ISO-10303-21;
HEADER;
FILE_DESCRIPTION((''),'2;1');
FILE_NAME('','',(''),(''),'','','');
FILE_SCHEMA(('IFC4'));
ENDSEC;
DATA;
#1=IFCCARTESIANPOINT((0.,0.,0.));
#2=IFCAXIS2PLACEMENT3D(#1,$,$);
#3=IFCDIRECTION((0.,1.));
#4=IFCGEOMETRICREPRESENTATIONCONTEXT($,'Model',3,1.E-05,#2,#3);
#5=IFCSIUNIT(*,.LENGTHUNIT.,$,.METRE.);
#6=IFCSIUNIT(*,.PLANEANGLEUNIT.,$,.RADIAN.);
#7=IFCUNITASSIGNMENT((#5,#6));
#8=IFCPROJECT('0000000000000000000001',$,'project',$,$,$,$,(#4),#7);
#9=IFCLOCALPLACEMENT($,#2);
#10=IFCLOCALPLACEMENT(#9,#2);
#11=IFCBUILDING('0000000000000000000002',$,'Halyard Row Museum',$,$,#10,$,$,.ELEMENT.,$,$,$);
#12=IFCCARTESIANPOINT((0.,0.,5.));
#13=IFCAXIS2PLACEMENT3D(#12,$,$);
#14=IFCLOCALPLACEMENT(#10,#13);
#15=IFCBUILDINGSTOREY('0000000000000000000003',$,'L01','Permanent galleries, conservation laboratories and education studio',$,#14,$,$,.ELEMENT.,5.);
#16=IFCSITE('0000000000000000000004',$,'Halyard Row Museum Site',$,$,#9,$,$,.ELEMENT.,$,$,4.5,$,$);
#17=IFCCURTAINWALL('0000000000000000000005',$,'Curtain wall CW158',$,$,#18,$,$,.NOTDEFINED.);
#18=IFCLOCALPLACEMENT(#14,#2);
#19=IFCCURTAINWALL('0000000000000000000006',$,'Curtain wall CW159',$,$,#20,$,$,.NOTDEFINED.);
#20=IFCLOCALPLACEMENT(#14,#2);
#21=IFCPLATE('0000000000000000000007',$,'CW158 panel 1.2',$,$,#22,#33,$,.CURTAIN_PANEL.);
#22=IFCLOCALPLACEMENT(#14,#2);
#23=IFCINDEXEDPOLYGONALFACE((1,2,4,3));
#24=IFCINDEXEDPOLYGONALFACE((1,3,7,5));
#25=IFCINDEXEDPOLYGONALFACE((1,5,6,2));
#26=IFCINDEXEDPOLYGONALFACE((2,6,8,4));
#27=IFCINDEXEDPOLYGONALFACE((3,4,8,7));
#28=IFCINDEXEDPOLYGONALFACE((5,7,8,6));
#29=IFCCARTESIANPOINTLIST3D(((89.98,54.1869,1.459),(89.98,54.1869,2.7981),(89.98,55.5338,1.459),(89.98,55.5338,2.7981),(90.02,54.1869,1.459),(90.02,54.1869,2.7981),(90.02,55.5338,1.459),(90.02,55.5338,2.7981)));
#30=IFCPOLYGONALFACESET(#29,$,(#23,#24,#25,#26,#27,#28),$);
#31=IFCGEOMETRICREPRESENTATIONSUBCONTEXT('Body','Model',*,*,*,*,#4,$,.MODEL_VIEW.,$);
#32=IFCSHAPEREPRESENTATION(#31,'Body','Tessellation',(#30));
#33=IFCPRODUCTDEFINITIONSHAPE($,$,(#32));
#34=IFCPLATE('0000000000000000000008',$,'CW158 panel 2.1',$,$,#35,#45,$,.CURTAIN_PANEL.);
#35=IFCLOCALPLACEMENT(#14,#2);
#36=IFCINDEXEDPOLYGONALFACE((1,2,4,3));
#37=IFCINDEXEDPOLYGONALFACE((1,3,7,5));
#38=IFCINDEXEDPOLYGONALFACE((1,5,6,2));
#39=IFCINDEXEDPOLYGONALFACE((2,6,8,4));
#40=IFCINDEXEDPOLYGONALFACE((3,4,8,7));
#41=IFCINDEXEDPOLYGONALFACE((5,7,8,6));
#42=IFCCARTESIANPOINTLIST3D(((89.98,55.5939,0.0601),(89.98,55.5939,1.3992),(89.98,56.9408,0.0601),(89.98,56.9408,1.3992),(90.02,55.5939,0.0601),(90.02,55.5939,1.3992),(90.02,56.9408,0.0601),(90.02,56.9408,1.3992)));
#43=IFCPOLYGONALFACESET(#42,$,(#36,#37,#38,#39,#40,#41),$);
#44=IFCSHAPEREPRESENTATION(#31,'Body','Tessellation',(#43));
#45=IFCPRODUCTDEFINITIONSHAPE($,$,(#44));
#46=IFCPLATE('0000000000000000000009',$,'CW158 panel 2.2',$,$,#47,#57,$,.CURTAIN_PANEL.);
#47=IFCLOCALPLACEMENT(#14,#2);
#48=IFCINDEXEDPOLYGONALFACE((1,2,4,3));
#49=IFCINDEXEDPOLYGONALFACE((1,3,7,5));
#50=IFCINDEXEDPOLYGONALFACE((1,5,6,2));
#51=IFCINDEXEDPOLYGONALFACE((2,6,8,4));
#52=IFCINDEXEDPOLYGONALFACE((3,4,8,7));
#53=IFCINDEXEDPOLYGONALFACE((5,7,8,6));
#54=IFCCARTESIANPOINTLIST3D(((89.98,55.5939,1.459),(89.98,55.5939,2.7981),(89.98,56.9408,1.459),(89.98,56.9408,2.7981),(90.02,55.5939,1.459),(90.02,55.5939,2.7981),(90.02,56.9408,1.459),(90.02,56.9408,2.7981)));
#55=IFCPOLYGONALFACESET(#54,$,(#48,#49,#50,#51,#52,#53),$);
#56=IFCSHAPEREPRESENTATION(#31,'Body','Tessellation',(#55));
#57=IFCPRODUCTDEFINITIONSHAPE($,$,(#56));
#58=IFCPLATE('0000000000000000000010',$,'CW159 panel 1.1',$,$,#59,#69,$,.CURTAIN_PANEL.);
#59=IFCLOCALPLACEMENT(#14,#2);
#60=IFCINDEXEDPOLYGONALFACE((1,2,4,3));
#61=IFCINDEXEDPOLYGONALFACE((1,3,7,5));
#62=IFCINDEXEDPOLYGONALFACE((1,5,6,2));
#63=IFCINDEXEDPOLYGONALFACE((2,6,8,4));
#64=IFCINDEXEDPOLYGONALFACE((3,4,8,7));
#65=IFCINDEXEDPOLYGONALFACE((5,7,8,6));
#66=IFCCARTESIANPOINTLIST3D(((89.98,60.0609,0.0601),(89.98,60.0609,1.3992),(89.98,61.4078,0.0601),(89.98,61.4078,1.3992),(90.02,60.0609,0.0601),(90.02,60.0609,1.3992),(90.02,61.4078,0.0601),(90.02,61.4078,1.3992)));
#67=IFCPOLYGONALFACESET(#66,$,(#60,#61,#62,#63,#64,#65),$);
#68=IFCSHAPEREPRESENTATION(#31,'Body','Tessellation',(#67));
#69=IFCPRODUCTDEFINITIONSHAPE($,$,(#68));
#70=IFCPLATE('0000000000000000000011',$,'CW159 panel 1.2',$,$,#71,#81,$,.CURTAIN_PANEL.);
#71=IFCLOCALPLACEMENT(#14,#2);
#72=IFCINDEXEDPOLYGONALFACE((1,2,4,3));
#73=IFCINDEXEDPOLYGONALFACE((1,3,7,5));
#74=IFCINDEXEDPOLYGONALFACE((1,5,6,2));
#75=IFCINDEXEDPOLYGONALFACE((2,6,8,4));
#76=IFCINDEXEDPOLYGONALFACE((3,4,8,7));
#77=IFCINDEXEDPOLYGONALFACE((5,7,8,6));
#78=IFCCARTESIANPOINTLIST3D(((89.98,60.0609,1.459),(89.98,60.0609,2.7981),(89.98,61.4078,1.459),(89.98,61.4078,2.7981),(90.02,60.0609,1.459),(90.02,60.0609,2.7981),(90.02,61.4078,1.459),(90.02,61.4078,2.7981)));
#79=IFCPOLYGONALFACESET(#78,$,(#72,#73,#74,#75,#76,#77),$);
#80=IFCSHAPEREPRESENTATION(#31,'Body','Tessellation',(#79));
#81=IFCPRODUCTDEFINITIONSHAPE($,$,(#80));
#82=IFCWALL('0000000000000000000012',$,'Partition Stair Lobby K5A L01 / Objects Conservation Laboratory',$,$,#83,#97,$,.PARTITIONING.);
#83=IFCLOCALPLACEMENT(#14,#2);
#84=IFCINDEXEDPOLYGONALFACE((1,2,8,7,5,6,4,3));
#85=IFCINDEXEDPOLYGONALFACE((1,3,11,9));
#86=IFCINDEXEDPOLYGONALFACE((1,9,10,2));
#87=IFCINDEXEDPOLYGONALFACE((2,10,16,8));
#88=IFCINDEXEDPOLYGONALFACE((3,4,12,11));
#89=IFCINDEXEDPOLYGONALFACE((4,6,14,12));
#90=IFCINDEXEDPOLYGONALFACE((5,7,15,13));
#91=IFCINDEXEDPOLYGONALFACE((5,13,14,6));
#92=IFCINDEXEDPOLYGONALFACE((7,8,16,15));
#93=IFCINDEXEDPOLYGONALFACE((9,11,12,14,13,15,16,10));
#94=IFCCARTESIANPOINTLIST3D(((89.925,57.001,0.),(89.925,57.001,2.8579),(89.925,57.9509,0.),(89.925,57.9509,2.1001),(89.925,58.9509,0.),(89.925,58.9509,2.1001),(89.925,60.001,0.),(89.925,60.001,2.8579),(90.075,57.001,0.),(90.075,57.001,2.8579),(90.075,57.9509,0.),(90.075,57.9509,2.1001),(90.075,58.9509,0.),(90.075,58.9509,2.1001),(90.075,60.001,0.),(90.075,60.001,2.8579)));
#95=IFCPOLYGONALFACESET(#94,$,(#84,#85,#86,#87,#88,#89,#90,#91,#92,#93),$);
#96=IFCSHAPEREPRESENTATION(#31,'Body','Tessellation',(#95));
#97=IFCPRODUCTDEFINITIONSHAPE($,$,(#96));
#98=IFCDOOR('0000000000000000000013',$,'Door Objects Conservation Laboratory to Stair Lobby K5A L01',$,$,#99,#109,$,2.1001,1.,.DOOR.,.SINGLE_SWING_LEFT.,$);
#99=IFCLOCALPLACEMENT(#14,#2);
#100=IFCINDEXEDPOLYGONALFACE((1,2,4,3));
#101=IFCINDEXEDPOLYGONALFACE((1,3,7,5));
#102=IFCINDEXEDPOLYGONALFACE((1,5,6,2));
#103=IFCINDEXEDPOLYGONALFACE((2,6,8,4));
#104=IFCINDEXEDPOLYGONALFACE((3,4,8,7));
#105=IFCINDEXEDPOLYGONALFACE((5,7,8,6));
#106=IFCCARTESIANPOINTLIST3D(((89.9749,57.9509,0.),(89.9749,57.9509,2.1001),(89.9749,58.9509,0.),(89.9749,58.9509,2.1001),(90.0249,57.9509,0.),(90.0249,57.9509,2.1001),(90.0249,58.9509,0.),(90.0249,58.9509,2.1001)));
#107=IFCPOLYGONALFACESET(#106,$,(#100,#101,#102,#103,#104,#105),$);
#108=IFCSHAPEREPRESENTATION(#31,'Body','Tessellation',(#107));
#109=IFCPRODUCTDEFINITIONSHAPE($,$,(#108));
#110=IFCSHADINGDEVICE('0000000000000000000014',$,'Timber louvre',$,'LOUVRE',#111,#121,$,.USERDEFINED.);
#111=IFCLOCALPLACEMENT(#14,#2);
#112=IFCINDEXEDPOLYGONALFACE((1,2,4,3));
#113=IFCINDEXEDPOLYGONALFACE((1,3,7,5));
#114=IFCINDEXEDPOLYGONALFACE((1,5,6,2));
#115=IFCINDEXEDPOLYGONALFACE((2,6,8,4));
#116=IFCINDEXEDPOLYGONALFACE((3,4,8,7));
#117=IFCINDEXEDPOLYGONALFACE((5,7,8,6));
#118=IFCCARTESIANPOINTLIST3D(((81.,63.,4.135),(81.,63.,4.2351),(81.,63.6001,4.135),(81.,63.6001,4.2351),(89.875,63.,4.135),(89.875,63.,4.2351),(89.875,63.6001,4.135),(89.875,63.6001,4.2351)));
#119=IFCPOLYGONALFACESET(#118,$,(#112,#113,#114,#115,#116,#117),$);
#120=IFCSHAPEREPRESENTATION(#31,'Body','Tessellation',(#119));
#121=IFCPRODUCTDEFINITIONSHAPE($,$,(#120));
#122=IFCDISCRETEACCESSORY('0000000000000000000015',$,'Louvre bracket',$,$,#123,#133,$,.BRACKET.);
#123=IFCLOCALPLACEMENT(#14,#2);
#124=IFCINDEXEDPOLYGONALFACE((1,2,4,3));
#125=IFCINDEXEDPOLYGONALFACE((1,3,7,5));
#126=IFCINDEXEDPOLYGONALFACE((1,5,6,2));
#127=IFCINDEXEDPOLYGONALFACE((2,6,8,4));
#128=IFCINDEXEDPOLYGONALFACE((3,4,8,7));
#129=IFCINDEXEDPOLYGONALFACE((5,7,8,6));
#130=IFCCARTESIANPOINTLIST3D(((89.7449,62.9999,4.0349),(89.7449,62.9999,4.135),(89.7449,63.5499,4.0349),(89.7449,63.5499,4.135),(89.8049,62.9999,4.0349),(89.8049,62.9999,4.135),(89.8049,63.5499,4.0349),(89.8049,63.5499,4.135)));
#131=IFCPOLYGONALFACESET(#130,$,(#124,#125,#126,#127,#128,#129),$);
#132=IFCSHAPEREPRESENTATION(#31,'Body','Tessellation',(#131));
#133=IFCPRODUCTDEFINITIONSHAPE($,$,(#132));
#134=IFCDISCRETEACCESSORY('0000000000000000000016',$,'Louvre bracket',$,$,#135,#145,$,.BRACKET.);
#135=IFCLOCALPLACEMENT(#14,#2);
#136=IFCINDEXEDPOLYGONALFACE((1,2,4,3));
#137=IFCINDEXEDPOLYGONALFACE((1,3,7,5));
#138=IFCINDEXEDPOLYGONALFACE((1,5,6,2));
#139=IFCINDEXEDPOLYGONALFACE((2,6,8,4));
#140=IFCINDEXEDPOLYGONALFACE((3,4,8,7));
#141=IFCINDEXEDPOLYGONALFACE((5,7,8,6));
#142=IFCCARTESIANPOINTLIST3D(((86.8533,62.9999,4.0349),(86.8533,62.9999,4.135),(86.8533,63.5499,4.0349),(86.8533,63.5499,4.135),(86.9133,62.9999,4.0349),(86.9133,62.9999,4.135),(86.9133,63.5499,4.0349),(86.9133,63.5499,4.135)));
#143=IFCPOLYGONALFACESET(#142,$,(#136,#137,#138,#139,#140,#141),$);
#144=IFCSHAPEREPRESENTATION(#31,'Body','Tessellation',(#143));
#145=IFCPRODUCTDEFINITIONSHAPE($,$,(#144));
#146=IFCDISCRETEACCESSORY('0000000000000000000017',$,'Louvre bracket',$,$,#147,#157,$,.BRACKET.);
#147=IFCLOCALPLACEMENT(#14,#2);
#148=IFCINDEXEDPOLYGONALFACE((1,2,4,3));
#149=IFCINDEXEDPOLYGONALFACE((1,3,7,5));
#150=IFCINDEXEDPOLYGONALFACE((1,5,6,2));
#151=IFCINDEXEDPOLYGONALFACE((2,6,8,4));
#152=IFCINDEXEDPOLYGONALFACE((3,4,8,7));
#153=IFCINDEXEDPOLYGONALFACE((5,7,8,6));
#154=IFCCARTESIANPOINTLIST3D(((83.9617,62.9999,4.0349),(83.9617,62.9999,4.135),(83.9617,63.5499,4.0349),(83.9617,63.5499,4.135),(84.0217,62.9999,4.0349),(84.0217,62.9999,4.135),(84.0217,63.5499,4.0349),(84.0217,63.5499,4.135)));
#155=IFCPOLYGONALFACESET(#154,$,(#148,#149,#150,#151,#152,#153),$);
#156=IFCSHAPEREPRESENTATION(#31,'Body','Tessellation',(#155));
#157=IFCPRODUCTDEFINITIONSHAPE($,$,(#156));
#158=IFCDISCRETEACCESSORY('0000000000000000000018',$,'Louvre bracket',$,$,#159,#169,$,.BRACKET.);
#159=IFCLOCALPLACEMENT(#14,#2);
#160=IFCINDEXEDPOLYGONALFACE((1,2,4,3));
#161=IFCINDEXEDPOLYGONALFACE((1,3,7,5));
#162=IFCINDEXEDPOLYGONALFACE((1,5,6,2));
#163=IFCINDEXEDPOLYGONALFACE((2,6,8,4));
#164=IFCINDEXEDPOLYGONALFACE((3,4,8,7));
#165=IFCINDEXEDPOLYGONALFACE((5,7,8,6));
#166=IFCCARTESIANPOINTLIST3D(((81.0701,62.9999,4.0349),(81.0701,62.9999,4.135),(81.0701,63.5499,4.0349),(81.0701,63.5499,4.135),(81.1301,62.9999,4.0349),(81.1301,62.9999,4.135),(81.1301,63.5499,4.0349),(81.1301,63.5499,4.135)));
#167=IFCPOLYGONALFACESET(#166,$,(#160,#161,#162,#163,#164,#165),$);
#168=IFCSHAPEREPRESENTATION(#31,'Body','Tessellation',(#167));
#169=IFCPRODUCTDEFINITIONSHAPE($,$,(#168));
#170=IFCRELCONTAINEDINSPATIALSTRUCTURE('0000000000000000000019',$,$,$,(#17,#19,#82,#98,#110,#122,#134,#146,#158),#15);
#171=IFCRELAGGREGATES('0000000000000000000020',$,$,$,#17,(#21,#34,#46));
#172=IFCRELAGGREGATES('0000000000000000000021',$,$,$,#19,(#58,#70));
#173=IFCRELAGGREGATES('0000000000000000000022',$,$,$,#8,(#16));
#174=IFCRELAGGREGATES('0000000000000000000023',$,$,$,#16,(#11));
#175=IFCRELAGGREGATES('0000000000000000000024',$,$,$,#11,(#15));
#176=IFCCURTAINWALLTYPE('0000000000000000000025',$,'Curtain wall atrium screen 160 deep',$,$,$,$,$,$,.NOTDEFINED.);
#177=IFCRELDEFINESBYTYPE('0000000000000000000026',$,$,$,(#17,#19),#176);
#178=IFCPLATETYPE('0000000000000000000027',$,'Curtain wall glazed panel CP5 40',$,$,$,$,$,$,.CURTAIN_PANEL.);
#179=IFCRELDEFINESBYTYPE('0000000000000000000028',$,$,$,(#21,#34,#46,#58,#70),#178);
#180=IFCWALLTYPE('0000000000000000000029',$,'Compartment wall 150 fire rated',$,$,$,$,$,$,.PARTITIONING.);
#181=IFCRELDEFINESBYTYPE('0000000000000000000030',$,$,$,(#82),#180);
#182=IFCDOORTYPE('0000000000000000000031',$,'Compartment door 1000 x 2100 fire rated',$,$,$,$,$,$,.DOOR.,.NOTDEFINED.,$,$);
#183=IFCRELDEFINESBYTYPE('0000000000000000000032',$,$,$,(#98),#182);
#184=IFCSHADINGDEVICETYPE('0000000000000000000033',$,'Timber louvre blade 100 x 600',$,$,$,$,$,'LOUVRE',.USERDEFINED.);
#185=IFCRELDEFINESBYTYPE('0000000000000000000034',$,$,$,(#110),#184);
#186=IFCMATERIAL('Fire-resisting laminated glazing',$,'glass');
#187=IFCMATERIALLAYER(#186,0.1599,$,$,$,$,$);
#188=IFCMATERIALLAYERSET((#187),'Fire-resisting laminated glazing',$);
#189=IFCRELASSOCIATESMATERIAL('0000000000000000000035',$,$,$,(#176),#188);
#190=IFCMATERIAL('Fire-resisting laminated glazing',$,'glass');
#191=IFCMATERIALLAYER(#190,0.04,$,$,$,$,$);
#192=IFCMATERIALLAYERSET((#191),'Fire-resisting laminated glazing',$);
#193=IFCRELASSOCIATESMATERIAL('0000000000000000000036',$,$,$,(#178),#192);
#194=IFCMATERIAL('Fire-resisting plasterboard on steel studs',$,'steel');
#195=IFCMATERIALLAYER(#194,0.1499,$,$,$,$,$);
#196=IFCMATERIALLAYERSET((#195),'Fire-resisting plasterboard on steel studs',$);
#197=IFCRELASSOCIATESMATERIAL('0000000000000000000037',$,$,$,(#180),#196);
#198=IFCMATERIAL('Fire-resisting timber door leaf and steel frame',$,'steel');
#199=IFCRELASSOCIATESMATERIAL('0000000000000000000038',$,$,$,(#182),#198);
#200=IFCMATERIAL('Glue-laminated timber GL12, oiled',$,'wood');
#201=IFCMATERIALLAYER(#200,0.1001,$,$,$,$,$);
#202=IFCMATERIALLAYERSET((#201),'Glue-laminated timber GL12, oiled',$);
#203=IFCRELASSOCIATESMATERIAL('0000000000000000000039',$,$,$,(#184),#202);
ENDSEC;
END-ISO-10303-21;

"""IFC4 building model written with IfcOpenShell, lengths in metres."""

from ifc_helpers import new_model, si_unit, direction, frame, frame_2d, origin, origin_2d, place, context, subcontext, project, spatial, rectangle, extrude, material, layer, layer_set, type_object, element, fill, aggregate, save


model = new_model("IFC4")

# Units and contexts
model_context = context("Model", 3, precision=1e-05, world=origin(), true_north=direction((0.0, 1.0)))
body_context = subcontext(model_context, "Body", "Model", "MODEL_VIEW")
ifc_project = project(units=[si_unit("LENGTHUNIT", "METRE"), si_unit("PLANEANGLEUNIT", "RADIAN")], contexts=[model_context])

# Site, building, storey
site_placement = place(None, origin())
site = spatial("IfcSite", under=ifc_project, at=site_placement, Name="Halyard Row Museum Site", CompositionType="ELEMENT", RefElevation=4.5)
building_placement = place(site_placement, origin())
building = spatial("IfcBuilding", under=site, at=building_placement, Name="Halyard Row Museum", CompositionType="ELEMENT")
storey_placement = place(building_placement, frame((0.0, 0.0, 5.0)))
storey = spatial("IfcBuildingStorey", under=building, at=storey_placement, Name="L01", Description="Permanent galleries, conservation laboratories and education studio", CompositionType="ELEMENT", Elevation=5.0)

# Curtain walls
ifc_material_1 = material(Name="Fire-resisting laminated glazing", Category="glass")
ifc_layer_1 = layer(ifc_material_1, 0.1599)
ifc_layer_set_1 = layer_set([ifc_layer_1], Name="Fire-resisting laminated glazing")
curtain_wall_type = type_object("IfcCurtainWallType", Name="Curtain wall atrium screen 160 deep", PredefinedType="NOTDEFINED", material=ifc_layer_set_1)
curtain_wall_1_placement = place(storey_placement, origin())
curtain_wall_1 = element("IfcCurtainWall", 1, at=curtain_wall_1_placement, inside=storey, type_object=curtain_wall_type, Name="Curtain wall CW158", PredefinedType="NOTDEFINED")
curtain_wall_2_placement = place(storey_placement, origin())
curtain_wall_2 = element("IfcCurtainWall", 2, at=curtain_wall_2_placement, inside=storey, type_object=curtain_wall_type, Name="Curtain wall CW159", PredefinedType="NOTDEFINED")

# Plates
ifc_material_2 = material(Name="Fire-resisting laminated glazing", Category="glass")
ifc_layer_2 = layer(ifc_material_2, 0.04)
ifc_layer_set_2 = layer_set([ifc_layer_2], Name="Fire-resisting laminated glazing")
plate_type = type_object("IfcPlateType", Name="Curtain wall glazed panel CP5 40", PredefinedType="CURTAIN_PANEL", material=ifc_layer_set_2)
plate_1_placement = place(storey_placement, frame((90.0, 54.8604, 1.459), z_axis=(0.0, 0.0, 1.0), x_axis=(0.0, 1.0, 0.0)))
plate_1 = element("IfcPlate", 3, at=plate_1_placement, type_object=plate_type, Name="CW158 panel 1.2", PredefinedType="CURTAIN_PANEL", context=body_context, shape_type="SweptSolid", body=[
    extrude(rectangle(XDim=1.3469, YDim=0.04, at=origin_2d()), origin(), (0.0, 0.0, 1.0), 1.3391),
])
plate_2_placement = place(storey_placement, frame((90.0, 56.2673, 0.0601), z_axis=(0.0, 0.0, 1.0), x_axis=(0.0, 1.0, 0.0)))
plate_2 = element("IfcPlate", 4, at=plate_2_placement, type_object=plate_type, Name="CW158 panel 2.1", PredefinedType="CURTAIN_PANEL", context=body_context, shape_type="SweptSolid", body=[
    extrude(rectangle(XDim=1.3469, YDim=0.04, at=origin_2d()), origin(), (0.0, 0.0, 1.0), 1.3391),
])
plate_3_placement = place(storey_placement, frame((90.0, 56.2673, 1.459), z_axis=(0.0, 0.0, 1.0), x_axis=(0.0, 1.0, 0.0)))
plate_3 = element("IfcPlate", 5, at=plate_3_placement, type_object=plate_type, Name="CW158 panel 2.2", PredefinedType="CURTAIN_PANEL", context=body_context, shape_type="SweptSolid", body=[
    extrude(rectangle(XDim=1.3469, YDim=0.04, at=origin_2d()), origin(), (0.0, 0.0, 1.0), 1.3391),
])
aggregate(curtain_wall_1, [plate_1, plate_2, plate_3])
plate_4_placement = place(storey_placement, frame((90.0, 60.7344, 0.0601), z_axis=(0.0, 0.0, 1.0), x_axis=(0.0, 1.0, 0.0)))
plate_4 = element("IfcPlate", 6, at=plate_4_placement, type_object=plate_type, Name="CW159 panel 1.1", PredefinedType="CURTAIN_PANEL", context=body_context, shape_type="SweptSolid", body=[
    extrude(rectangle(XDim=1.3469, YDim=0.04, at=origin_2d()), origin(), (0.0, 0.0, 1.0), 1.3391),
])
plate_5_placement = place(storey_placement, frame((90.0, 60.7344, 1.459), z_axis=(0.0, 0.0, 1.0), x_axis=(0.0, 1.0, 0.0)))
plate_5 = element("IfcPlate", 7, at=plate_5_placement, type_object=plate_type, Name="CW159 panel 1.2", PredefinedType="CURTAIN_PANEL", context=body_context, shape_type="SweptSolid", body=[
    extrude(rectangle(XDim=1.3469, YDim=0.04, at=origin_2d()), origin(), (0.0, 0.0, 1.0), 1.3391),
])
aggregate(curtain_wall_2, [plate_4, plate_5])

# Wall, opening, door
ifc_material_3 = material(Name="Fire-resisting plasterboard on steel studs", Category="steel")
ifc_layer_3 = layer(ifc_material_3, 0.1499)
ifc_layer_set_3 = layer_set([ifc_layer_3], Name="Fire-resisting plasterboard on steel studs")
wall_type = type_object("IfcWallType", Name="Compartment wall 150 fire rated", PredefinedType="PARTITIONING", material=ifc_layer_set_3)
wall_placement = place(storey_placement, frame((90.0, 57.001, 0.0), z_axis=(0.0, 0.0, 1.0), x_axis=(0.0, 1.0, 0.0)))
wall = element("IfcWall", 8, at=wall_placement, inside=storey, type_object=wall_type, Name="Partition Stair Lobby K5A L01 / Objects Conservation Laboratory", PredefinedType="PARTITIONING", context=body_context, shape_type="SweptSolid", body=[
    extrude(rectangle(XDim=3.0, YDim=0.1499, at=frame_2d((1.5, 0.0))), origin(), (0.0, 0.0, 1.0), 2.8579),
])
opening_placement = place(wall_placement, frame((0.95, 0.0, 0.0)))
opening = element("IfcOpeningElement", 9, at=opening_placement, cuts=wall, PredefinedType="OPENING", context=body_context, shape_type="SweptSolid", body=[
    extrude(rectangle(XDim=1.0, YDim=2.1001, at=frame_2d((0.5, 1.05))), frame((0.0, 0.085, 0.0), z_axis=(0.0, -1.0, 0.0), x_axis=(1.0, 0.0, 0.0)), (0.0, 0.0, 1.0), 0.1699),
])
ifc_material_4 = material(Name="Fire-resisting timber door leaf and steel frame", Category="steel")
door_type = type_object("IfcDoorType", Name="Compartment door 1000 x 2100 fire rated", OperationType="NOTDEFINED", PredefinedType="DOOR", material=ifc_material_4)
door_placement = place(opening_placement, frame((1.0, 0.0, 0.0), z_axis=(0.0, 0.0, 1.0), x_axis=(-1.0, 0.0, 0.0)))
door = element("IfcDoor", 10, at=door_placement, inside=storey, type_object=door_type, Name="Door Objects Conservation Laboratory to Stair Lobby K5A L01", OperationType="SINGLE_SWING_LEFT", OverallHeight=2.1001, OverallWidth=1.0, PredefinedType="DOOR", context=body_context, shape_type="SweptSolid", body=[
    extrude(rectangle(XDim=1.0, YDim=2.1001, at=frame_2d((0.5, 1.05))), frame((0.0, 0.0249, 0.0), z_axis=(0.0, -1.0, 0.0), x_axis=(1.0, 0.0, 0.0)), (0.0, 0.0, 1.0), 0.05),
])
fill(opening, door)

# Shading device
ifc_material_5 = material(Name="Glue-laminated timber GL12, oiled", Category="wood")
ifc_layer_4 = layer(ifc_material_5, 0.1001)
ifc_layer_set_4 = layer_set([ifc_layer_4], Name="Glue-laminated timber GL12, oiled")
shading_device_type = type_object("IfcShadingDeviceType", Name="Timber louvre blade 100 x 600", ElementType="LOUVRE", PredefinedType="USERDEFINED", material=ifc_layer_set_4)
shading_device_placement = place(storey_placement, frame((85.4375, 63.3, 4.135), z_axis=(0.0, 0.0, 1.0), x_axis=(1.0, 0.0, 0.0)))
element("IfcShadingDevice", 11, at=shading_device_placement, inside=storey, type_object=shading_device_type, Name="Timber louvre", ObjectType="LOUVRE", PredefinedType="USERDEFINED", context=body_context, shape_type="SweptSolid", body=[
    extrude(rectangle(XDim=8.875, YDim=0.6001, at=origin_2d()), origin(), (0.0, 0.0, 1.0), 0.1001),
])

# Discrete accessories
for number, where, z_axis, x_axis, name in (
    (12, (89.7749, 63.2749, 4.0349), (0.0, 0.0, 1.0), (1.0, 0.0, 0.0), "Louvre bracket"),
    (13, (86.8833, 63.2749, 4.0349), (0.0, 0.0, 1.0), (1.0, 0.0, 0.0), "Louvre bracket"),
    (14, (83.9917, 63.2749, 4.0349), (0.0, 0.0, 1.0), (1.0, 0.0, 0.0), "Louvre bracket"),
    (15, (81.1001, 63.2749, 4.0349), (0.0, 0.0, 1.0), (1.0, 0.0, 0.0), "Louvre bracket"),
):
    element("IfcDiscreteAccessory", number, at=place(storey_placement, frame(where, z_axis=z_axis, x_axis=x_axis)), inside=storey, Name=name, PredefinedType="BRACKET", context=body_context, shape_type="SweptSolid", body=[
        extrude(rectangle(XDim=0.0601, YDim=0.55, at=origin_2d()), origin(), (0.0, 0.0, 1.0), 0.1001),
    ])

save(model, "model.ifc")
